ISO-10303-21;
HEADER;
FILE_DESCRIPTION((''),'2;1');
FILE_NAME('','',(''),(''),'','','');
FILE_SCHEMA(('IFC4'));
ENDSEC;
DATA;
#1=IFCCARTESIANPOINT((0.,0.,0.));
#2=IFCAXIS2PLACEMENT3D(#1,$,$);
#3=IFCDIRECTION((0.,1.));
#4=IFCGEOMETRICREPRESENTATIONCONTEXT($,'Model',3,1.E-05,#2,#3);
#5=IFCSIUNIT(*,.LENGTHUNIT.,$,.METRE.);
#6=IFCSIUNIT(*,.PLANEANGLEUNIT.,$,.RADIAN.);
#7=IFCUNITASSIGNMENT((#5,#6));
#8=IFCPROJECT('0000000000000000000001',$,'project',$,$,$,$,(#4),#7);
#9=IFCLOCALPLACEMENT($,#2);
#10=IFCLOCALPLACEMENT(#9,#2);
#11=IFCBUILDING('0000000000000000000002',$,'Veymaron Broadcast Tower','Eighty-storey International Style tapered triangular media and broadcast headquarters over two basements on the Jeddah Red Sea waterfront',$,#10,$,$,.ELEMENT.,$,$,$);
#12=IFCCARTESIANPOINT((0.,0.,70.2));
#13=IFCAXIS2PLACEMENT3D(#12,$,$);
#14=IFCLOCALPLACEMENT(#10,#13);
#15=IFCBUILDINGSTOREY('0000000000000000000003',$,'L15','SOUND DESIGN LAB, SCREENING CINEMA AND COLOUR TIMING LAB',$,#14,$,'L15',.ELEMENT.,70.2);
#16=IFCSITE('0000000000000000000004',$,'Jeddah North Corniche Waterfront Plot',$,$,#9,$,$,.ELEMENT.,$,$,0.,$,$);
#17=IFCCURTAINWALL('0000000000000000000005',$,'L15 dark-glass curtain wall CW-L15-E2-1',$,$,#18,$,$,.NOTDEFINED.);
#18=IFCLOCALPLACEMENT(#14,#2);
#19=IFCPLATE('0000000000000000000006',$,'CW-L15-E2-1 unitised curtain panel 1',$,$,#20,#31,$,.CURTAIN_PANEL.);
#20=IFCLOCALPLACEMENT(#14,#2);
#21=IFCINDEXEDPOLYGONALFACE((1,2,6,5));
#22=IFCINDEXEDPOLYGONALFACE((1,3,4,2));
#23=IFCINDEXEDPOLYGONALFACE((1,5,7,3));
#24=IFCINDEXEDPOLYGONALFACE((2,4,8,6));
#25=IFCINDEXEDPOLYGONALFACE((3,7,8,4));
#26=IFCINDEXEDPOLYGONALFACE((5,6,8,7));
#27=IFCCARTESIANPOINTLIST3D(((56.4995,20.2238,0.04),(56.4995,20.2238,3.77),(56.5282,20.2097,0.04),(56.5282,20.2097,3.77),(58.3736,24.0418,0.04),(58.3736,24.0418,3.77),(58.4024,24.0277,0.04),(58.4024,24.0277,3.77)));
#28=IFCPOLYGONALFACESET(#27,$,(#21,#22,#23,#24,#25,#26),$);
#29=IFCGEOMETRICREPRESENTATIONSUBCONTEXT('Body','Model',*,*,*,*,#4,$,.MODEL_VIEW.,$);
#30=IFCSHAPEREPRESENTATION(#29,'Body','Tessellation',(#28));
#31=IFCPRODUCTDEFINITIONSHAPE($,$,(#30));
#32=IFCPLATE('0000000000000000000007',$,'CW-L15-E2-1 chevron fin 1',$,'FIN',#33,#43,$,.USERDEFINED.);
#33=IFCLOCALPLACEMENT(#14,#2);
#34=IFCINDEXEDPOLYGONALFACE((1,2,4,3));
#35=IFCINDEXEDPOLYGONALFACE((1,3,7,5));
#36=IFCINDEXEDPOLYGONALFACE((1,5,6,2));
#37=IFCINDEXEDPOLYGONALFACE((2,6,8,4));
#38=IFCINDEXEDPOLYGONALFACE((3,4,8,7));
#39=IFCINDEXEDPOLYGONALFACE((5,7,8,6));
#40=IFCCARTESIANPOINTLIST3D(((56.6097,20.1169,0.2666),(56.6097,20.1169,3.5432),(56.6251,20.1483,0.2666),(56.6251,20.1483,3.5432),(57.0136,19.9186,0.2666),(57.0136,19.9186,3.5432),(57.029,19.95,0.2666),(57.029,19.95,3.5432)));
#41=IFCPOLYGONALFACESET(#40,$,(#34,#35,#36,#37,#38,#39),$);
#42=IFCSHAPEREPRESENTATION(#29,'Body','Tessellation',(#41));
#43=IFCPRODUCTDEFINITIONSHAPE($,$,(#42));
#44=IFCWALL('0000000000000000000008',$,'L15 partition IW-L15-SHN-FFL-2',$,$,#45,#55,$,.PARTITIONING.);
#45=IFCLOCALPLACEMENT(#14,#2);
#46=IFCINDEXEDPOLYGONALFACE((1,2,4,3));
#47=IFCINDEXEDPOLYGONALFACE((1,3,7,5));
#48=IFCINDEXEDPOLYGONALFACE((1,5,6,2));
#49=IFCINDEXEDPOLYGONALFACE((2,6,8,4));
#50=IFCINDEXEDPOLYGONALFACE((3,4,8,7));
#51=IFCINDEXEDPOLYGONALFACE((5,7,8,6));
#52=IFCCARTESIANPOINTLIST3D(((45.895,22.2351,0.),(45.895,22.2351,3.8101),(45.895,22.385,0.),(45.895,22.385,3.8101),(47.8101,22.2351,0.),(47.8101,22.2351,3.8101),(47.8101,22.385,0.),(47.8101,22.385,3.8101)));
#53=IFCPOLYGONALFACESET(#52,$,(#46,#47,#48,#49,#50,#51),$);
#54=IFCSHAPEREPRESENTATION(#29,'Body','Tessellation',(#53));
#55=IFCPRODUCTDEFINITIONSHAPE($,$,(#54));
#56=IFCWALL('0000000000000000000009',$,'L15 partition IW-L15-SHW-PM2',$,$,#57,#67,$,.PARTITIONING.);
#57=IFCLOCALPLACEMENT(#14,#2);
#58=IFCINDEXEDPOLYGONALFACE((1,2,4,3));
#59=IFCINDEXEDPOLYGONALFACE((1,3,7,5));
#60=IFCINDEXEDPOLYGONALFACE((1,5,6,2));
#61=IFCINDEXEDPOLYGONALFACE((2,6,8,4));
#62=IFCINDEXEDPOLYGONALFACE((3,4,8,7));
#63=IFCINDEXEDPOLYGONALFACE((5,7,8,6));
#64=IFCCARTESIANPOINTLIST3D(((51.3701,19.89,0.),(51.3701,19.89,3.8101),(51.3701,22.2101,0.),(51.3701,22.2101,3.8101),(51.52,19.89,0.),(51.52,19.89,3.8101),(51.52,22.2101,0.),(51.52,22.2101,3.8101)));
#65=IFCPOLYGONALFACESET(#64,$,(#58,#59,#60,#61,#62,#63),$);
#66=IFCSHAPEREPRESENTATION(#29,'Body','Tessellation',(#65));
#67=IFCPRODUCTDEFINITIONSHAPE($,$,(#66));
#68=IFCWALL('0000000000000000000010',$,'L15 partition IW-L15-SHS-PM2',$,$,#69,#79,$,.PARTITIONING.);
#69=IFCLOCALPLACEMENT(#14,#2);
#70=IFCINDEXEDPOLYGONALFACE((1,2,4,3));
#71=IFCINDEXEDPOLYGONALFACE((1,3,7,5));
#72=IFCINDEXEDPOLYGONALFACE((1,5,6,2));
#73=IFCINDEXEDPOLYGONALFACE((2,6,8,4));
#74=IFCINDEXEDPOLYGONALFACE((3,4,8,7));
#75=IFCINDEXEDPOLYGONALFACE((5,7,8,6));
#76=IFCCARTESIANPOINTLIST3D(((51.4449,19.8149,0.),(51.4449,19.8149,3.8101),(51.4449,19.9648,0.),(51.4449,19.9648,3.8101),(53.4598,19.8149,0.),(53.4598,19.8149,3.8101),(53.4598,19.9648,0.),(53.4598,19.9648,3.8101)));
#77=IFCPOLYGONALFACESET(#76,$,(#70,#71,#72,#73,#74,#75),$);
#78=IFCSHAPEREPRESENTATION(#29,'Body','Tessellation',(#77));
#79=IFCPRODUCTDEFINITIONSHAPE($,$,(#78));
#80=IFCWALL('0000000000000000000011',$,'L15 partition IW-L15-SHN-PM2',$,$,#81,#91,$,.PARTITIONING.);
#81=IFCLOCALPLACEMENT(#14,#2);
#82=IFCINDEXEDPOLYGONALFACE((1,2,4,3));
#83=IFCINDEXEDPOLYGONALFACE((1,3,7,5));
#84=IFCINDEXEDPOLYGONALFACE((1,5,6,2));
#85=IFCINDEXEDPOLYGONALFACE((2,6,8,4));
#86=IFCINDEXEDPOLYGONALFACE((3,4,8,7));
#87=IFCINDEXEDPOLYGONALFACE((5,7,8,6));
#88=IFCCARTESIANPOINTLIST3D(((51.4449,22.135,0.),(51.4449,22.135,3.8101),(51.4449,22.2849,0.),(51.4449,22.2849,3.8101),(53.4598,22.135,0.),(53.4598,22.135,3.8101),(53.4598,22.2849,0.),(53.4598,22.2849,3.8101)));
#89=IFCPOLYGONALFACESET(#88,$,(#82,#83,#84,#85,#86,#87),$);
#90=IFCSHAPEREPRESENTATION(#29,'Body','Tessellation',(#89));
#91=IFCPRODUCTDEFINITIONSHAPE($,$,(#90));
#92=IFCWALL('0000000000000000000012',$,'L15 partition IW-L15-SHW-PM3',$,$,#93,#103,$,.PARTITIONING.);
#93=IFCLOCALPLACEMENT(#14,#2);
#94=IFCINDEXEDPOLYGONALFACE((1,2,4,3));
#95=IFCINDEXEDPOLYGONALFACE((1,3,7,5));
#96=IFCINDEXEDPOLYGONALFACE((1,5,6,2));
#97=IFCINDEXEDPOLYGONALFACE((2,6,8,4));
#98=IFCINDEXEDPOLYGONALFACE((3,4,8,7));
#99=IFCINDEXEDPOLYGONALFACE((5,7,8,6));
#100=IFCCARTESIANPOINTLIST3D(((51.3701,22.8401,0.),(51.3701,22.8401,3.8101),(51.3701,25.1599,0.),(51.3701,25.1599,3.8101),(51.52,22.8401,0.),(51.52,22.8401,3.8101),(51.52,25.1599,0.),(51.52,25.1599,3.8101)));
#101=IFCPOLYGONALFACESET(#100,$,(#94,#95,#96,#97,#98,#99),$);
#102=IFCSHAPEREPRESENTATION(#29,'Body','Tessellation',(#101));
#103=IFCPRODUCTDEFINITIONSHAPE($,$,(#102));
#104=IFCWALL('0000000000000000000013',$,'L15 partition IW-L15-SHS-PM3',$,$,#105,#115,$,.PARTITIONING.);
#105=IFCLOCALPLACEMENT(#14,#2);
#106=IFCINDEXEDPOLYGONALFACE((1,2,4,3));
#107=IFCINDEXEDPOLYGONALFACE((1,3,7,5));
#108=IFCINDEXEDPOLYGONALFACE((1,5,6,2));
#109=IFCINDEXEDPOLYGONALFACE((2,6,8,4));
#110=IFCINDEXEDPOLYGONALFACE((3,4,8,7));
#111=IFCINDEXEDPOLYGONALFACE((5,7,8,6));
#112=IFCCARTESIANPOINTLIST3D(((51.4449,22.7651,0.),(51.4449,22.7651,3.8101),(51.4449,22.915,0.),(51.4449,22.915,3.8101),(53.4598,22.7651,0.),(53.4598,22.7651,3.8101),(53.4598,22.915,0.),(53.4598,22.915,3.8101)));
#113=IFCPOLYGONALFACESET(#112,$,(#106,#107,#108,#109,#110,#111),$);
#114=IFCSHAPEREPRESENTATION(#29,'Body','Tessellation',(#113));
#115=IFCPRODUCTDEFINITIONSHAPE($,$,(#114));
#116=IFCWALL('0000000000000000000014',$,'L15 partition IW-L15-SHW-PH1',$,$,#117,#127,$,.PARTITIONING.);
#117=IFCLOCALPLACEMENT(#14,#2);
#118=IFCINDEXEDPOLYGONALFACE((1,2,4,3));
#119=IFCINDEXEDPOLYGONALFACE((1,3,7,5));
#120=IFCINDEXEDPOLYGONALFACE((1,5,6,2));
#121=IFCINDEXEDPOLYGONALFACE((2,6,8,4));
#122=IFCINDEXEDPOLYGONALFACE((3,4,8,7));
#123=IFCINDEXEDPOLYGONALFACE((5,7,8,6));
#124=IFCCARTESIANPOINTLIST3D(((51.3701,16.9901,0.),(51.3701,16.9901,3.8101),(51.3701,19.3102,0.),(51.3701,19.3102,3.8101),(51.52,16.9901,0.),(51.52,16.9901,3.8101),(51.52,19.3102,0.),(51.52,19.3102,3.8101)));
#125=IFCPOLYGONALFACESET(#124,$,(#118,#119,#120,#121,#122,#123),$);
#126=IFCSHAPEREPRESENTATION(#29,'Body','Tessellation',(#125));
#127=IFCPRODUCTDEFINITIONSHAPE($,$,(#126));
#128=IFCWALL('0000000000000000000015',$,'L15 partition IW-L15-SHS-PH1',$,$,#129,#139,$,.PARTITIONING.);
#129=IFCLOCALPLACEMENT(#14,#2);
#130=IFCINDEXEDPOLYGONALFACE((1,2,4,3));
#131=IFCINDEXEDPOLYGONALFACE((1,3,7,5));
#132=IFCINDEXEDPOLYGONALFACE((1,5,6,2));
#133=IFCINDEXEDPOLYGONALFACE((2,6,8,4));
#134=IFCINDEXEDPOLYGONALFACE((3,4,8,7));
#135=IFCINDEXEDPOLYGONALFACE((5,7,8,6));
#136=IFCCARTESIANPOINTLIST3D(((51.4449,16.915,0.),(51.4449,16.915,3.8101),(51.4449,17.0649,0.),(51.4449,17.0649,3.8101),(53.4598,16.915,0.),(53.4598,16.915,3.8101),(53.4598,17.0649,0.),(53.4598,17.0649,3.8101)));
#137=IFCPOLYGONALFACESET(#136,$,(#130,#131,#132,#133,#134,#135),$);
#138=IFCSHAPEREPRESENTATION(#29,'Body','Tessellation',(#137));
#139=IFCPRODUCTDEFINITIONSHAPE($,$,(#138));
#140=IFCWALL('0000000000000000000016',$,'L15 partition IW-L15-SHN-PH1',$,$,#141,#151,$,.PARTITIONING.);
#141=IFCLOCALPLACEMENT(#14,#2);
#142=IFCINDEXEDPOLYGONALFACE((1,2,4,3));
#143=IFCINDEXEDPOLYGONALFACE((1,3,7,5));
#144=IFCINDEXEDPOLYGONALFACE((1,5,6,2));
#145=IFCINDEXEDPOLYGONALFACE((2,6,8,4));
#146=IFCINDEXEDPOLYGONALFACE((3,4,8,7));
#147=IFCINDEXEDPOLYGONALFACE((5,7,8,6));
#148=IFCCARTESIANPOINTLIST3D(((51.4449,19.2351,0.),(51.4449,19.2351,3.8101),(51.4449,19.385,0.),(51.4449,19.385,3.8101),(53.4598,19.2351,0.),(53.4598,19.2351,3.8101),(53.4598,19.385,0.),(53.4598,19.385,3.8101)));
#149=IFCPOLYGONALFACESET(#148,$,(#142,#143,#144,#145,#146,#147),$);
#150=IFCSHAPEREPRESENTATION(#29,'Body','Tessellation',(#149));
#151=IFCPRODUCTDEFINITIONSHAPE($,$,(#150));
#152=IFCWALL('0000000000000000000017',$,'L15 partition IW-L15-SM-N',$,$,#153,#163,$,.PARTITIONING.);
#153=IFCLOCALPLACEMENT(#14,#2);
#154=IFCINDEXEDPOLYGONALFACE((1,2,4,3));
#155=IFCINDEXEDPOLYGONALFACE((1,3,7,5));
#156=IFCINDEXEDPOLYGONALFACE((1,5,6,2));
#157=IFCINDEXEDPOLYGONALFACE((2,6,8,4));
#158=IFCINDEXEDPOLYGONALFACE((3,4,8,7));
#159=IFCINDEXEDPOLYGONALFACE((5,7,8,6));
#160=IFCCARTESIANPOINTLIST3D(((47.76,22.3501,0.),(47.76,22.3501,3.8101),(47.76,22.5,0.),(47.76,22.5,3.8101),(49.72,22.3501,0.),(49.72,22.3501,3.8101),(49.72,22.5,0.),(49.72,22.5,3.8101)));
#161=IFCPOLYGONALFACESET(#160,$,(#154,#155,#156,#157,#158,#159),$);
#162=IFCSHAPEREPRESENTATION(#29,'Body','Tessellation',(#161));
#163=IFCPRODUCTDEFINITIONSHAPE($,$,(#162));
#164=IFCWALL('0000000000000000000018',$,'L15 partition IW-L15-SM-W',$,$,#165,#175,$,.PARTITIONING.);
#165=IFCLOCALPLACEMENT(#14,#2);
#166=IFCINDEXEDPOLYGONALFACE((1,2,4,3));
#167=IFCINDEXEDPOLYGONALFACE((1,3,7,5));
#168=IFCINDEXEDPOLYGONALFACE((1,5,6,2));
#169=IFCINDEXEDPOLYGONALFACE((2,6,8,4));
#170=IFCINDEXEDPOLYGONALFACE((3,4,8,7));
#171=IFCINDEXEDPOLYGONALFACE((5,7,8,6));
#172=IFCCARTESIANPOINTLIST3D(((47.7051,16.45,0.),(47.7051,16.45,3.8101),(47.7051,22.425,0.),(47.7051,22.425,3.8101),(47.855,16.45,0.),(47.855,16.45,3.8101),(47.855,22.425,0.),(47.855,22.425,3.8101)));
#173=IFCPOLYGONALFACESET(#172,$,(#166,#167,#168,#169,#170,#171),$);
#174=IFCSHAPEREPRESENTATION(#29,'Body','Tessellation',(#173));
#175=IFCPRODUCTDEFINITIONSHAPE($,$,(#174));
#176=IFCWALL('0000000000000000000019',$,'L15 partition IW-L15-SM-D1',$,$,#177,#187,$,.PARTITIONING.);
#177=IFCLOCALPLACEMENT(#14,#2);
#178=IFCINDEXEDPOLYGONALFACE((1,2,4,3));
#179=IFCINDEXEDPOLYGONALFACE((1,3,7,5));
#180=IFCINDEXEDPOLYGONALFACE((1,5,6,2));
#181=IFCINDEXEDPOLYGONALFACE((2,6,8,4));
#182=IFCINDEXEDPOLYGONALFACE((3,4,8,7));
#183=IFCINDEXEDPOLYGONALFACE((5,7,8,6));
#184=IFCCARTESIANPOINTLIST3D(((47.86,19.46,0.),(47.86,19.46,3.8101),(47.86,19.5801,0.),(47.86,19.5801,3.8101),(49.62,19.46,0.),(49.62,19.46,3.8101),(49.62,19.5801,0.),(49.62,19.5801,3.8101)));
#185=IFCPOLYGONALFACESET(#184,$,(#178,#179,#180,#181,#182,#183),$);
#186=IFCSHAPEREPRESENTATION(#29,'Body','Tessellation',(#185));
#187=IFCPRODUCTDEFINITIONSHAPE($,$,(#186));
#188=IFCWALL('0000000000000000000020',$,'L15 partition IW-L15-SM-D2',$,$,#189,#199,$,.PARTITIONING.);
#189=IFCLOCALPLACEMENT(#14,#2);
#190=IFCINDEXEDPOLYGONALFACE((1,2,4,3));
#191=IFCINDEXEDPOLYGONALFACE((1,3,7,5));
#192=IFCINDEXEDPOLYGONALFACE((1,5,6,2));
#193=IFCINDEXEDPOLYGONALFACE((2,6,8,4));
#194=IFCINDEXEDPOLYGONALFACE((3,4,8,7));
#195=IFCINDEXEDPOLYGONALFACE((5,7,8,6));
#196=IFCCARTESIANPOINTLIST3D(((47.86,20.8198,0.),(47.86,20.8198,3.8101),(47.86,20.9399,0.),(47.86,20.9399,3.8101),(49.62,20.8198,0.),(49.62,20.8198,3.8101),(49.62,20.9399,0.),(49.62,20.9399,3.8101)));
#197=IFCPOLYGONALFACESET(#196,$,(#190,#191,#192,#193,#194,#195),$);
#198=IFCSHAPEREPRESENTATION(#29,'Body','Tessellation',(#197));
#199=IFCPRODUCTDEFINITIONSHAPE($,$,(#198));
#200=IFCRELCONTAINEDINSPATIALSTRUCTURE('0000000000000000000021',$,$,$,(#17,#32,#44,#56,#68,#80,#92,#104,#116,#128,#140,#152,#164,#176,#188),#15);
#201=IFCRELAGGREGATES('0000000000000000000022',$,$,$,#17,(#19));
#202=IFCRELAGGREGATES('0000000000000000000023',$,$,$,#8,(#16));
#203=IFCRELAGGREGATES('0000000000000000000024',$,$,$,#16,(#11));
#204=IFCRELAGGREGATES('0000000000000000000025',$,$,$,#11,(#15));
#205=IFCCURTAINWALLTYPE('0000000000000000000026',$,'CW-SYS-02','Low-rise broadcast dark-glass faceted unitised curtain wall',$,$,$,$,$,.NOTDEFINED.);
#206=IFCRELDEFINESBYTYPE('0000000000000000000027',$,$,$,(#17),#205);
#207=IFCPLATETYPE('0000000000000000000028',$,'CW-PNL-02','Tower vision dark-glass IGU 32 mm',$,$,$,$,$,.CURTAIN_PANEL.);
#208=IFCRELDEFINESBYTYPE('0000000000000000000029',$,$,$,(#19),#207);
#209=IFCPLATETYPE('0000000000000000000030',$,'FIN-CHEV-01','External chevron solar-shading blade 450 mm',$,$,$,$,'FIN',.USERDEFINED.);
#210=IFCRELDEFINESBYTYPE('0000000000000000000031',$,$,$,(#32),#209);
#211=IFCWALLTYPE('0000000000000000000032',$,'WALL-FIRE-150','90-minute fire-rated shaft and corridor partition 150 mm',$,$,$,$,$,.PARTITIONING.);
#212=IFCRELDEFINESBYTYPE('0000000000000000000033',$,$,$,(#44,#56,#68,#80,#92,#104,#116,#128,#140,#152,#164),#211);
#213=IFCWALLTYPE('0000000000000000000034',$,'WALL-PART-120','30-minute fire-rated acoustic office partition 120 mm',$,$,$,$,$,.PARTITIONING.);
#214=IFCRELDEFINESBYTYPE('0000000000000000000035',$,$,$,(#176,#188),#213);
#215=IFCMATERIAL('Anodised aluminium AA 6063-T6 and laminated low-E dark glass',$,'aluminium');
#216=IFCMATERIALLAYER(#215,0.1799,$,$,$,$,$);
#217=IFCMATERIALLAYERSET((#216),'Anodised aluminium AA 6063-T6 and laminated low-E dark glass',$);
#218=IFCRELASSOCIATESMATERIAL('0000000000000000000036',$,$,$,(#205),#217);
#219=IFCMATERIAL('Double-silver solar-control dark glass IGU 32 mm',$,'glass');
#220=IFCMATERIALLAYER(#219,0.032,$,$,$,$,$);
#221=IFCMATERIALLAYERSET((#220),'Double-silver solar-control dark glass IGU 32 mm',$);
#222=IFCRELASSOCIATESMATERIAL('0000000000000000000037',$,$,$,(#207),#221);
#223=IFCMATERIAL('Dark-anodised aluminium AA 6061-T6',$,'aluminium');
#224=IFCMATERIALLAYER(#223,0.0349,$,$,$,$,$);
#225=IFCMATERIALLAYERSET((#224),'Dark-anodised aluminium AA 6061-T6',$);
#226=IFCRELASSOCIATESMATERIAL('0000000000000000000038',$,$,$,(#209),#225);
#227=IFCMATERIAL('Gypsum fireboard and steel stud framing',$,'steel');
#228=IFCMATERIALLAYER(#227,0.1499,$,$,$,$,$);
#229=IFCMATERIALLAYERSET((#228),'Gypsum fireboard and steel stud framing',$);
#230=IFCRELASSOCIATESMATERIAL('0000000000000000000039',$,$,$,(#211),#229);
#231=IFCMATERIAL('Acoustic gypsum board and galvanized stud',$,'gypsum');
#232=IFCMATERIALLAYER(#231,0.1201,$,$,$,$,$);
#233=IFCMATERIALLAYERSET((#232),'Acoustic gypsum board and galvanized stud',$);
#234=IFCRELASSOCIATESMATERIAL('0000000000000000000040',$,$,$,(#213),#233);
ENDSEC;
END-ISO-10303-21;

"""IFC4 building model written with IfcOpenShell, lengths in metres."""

from ifc_helpers import new_model, si_unit, direction, frame, frame_2d, origin, origin_2d, place, context, subcontext, project, spatial, rectangle, extrude, material, layer, layer_set, type_object, element, aggregate, save


model = new_model("IFC4")

# Units and contexts
model_context = context("Model", 3, precision=1e-05, world=origin(), true_north=direction((0.0, 1.0)))
body_context = subcontext(model_context, "Body", "Model", "MODEL_VIEW")
ifc_project = project(units=[si_unit("LENGTHUNIT", "METRE"), si_unit("PLANEANGLEUNIT", "RADIAN")], contexts=[model_context])

# Site, building, storey
site_placement = place(None, origin())
site = spatial("IfcSite", under=ifc_project, at=site_placement, Name="Jeddah North Corniche Waterfront Plot", CompositionType="ELEMENT", RefElevation=0.0)
building_placement = place(site_placement, origin())
building = spatial("IfcBuilding", under=site, at=building_placement, Name="Veymaron Broadcast Tower", Description="Eighty-storey International Style tapered triangular media and broadcast headquarters over two basements on the Jeddah Red Sea waterfront", CompositionType="ELEMENT")
storey_placement = place(building_placement, frame((0.0, 0.0, 70.2)))
storey = spatial("IfcBuildingStorey", under=building, at=storey_placement, Name="L15", Description="SOUND DESIGN LAB, SCREENING CINEMA AND COLOUR TIMING LAB", LongName="L15", CompositionType="ELEMENT", Elevation=70.2)

# Curtain wall
ifc_material_1 = material(Name="Anodised aluminium AA 6063-T6 and laminated low-E dark glass", Category="aluminium")
ifc_layer_1 = layer(ifc_material_1, 0.1799)
ifc_layer_set_1 = layer_set([ifc_layer_1], Name="Anodised aluminium AA 6063-T6 and laminated low-E dark glass")
curtain_wall_type = type_object("IfcCurtainWallType", Name="CW-SYS-02", Description="Low-rise broadcast dark-glass faceted unitised curtain wall", PredefinedType="NOTDEFINED", material=ifc_layer_set_1)
curtain_wall_1_placement = place(storey_placement, origin())
curtain_wall_1 = element("IfcCurtainWall", 1, at=curtain_wall_1_placement, inside=storey, type_object=curtain_wall_type, Name="L15 dark-glass curtain wall CW-L15-E2-1", PredefinedType="NOTDEFINED")

# Plates
ifc_material_2 = material(Name="Double-silver solar-control dark glass IGU 32 mm", Category="glass")
ifc_layer_2 = layer(ifc_material_2, 0.032)
ifc_layer_set_2 = layer_set([ifc_layer_2], Name="Double-silver solar-control dark glass IGU 32 mm")
plate_type_1 = type_object("IfcPlateType", Name="CW-PNL-02", Description="Tower vision dark-glass IGU 32 mm", PredefinedType="CURTAIN_PANEL", material=ifc_layer_set_2)
plate_1_placement = place(storey_placement, frame((57.4509, 22.1257, 0.04), z_axis=(0.0, 0.0, 1.0), x_axis=(0.440644, 0.897682, 0.0)))
plate_1 = element("IfcPlate", 2, at=plate_1_placement, type_object=plate_type_1, Name="CW-L15-E2-1 unitised curtain panel 1", PredefinedType="CURTAIN_PANEL", context=body_context, shape_type="SweptSolid", body=[
    extrude(rectangle(XDim=4.2532, YDim=0.032, at=origin_2d()), origin(), (0.0, 0.0, 1.0), 3.73),
])
aggregate(curtain_wall_1, [plate_1])
ifc_material_3 = material(Name="Dark-anodised aluminium AA 6061-T6", Category="aluminium")
ifc_layer_3 = layer(ifc_material_3, 0.0349)
ifc_layer_set_3 = layer_set([ifc_layer_3], Name="Dark-anodised aluminium AA 6061-T6")
plate_type_2 = type_object("IfcPlateType", Name="FIN-CHEV-01", Description="External chevron solar-shading blade 450 mm", ElementType="FIN", PredefinedType="USERDEFINED", material=ifc_layer_set_3)
plate_2_placement = place(storey_placement, frame((56.8193, 20.0334, 0.2666), z_axis=(0.0, 0.0, 1.0), x_axis=(0.897682, -0.440644, 0.0)))
element("IfcPlate", 3, at=plate_2_placement, inside=storey, type_object=plate_type_2, Name="CW-L15-E2-1 chevron fin 1", ObjectType="FIN", PredefinedType="USERDEFINED", context=body_context, shape_type="SweptSolid", body=[
    extrude(rectangle(XDim=0.45, YDim=0.0349, at=origin_2d()), origin(), (0.0, 0.0, 1.0), 3.2766),
])

# Walls
ifc_material_4 = material(Name="Gypsum fireboard and steel stud framing", Category="steel")
ifc_layer_4 = layer(ifc_material_4, 0.1499)
ifc_layer_set_4 = layer_set([ifc_layer_4], Name="Gypsum fireboard and steel stud framing")
wall_type_1 = type_object("IfcWallType", Name="WALL-FIRE-150", Description="90-minute fire-rated shaft and corridor partition 150 mm", PredefinedType="PARTITIONING", material=ifc_layer_set_4)
wall_1_placement = place(storey_placement, frame((45.895, 22.3101, 0.0), z_axis=(0.0, 0.0, 1.0), x_axis=(1.0, 0.0, 0.0)))
element("IfcWall", 4, at=wall_1_placement, inside=storey, type_object=wall_type_1, Name="L15 partition IW-L15-SHN-FFL-2", PredefinedType="PARTITIONING", context=body_context, shape_type="SweptSolid", body=[
    extrude(rectangle(XDim=1.915, YDim=0.1499, at=frame_2d((0.9575, 0.0))), origin(), (0.0, 0.0, 1.0), 3.8101),
])
wall_2_placement = place(storey_placement, frame((51.4451, 19.8899, 0.0), z_axis=(0.0, 0.0, 1.0), x_axis=(0.0, 1.0, 0.0)))
element("IfcWall", 5, at=wall_2_placement, inside=storey, type_object=wall_type_1, Name="L15 partition IW-L15-SHW-PM2", PredefinedType="PARTITIONING", context=body_context, shape_type="SweptSolid", body=[
    extrude(rectangle(XDim=2.3201, YDim=0.1499, at=frame_2d((1.1602, 0.0))), origin(), (0.0, 0.0, 1.0), 3.8101),
])
for number, where, z_axis, x_axis, name in (
    (6, (51.4451, 19.8899, 0.0), (0.0, 0.0, 1.0), (1.0, 0.0, 0.0), "L15 partition IW-L15-SHS-PM2"),
    (7, (51.4451, 22.21, 0.0), (0.0, 0.0, 1.0), (1.0, 0.0, 0.0), "L15 partition IW-L15-SHN-PM2"),
):
    element("IfcWall", number, at=place(storey_placement, frame(where, z_axis=z_axis, x_axis=x_axis)), inside=storey, type_object=wall_type_1, Name=name, PredefinedType="PARTITIONING", context=body_context, shape_type="SweptSolid", body=[
        extrude(rectangle(XDim=2.0149, YDim=0.1499, at=frame_2d((1.0073, 0.0))), origin(), (0.0, 0.0, 1.0), 3.8101),
    ])
wall_3_placement = place(storey_placement, frame((51.4451, 22.8401, 0.0), z_axis=(0.0, 0.0, 1.0), x_axis=(0.0, 1.0, 0.0)))
element("IfcWall", 8, at=wall_3_placement, inside=storey, type_object=wall_type_1, Name="L15 partition IW-L15-SHW-PM3", PredefinedType="PARTITIONING", context=body_context, shape_type="SweptSolid", body=[
    extrude(rectangle(XDim=2.3198, YDim=0.1499, at=frame_2d((1.1599, 0.0))), origin(), (0.0, 0.0, 1.0), 3.8101),
])
wall_4_placement = place(storey_placement, frame((51.4451, 22.8401, 0.0), z_axis=(0.0, 0.0, 1.0), x_axis=(1.0, 0.0, 0.0)))
element("IfcWall", 9, at=wall_4_placement, inside=storey, type_object=wall_type_1, Name="L15 partition IW-L15-SHS-PM3", PredefinedType="PARTITIONING", context=body_context, shape_type="SweptSolid", body=[
    extrude(rectangle(XDim=2.0149, YDim=0.1499, at=frame_2d((1.0073, 0.0))), origin(), (0.0, 0.0, 1.0), 3.8101),
])
wall_5_placement = place(storey_placement, frame((51.4451, 16.99, 0.0), z_axis=(0.0, 0.0, 1.0), x_axis=(0.0, 1.0, 0.0)))
element("IfcWall", 10, at=wall_5_placement, inside=storey, type_object=wall_type_1, Name="L15 partition IW-L15-SHW-PH1", PredefinedType="PARTITIONING", context=body_context, shape_type="SweptSolid", body=[
    extrude(rectangle(XDim=2.3201, YDim=0.1499, at=frame_2d((1.1602, 0.0))), origin(), (0.0, 0.0, 1.0), 3.8101),
])
for number, where, z_axis, x_axis, name in (
    (11, (51.4451, 16.99, 0.0), (0.0, 0.0, 1.0), (1.0, 0.0, 0.0), "L15 partition IW-L15-SHS-PH1"),
    (12, (51.4451, 19.3101, 0.0), (0.0, 0.0, 1.0), (1.0, 0.0, 0.0), "L15 partition IW-L15-SHN-PH1"),
):
    element("IfcWall", number, at=place(storey_placement, frame(where, z_axis=z_axis, x_axis=x_axis)), inside=storey, type_object=wall_type_1, Name=name, PredefinedType="PARTITIONING", context=body_context, shape_type="SweptSolid", body=[
        extrude(rectangle(XDim=2.0149, YDim=0.1499, at=frame_2d((1.0073, 0.0))), origin(), (0.0, 0.0, 1.0), 3.8101),
    ])

# Walls
wall_6_placement = place(storey_placement, frame((47.76, 22.425, 0.0), z_axis=(0.0, 0.0, 1.0), x_axis=(1.0, 0.0, 0.0)))
element("IfcWall", 13, at=wall_6_placement, inside=storey, type_object=wall_type_1, Name="L15 partition IW-L15-SM-N", PredefinedType="PARTITIONING", context=body_context, shape_type="SweptSolid", body=[
    extrude(rectangle(XDim=1.96, YDim=0.1499, at=frame_2d((0.98, 0.0))), origin(), (0.0, 0.0, 1.0), 3.8101),
])
wall_7_placement = place(storey_placement, frame((47.78, 16.45, 0.0), z_axis=(0.0, 0.0, 1.0), x_axis=(0.0, 1.0, 0.0)))
element("IfcWall", 14, at=wall_7_placement, inside=storey, type_object=wall_type_1, Name="L15 partition IW-L15-SM-W", PredefinedType="PARTITIONING", context=body_context, shape_type="SweptSolid", body=[
    extrude(rectangle(XDim=5.9751, YDim=0.1499, at=frame_2d((2.9875, 0.0))), origin(), (0.0, 0.0, 1.0), 3.8101),
])
ifc_material_5 = material(Name="Acoustic gypsum board and galvanized stud", Category="gypsum")
ifc_layer_5 = layer(ifc_material_5, 0.1201)
ifc_layer_set_5 = layer_set([ifc_layer_5], Name="Acoustic gypsum board and galvanized stud")
wall_type_2 = type_object("IfcWallType", Name="WALL-PART-120", Description="30-minute fire-rated acoustic office partition 120 mm", PredefinedType="PARTITIONING", material=ifc_layer_set_5)
for number, where, z_axis, x_axis, name in (
    (15, (47.8601, 19.52, 0.0), (0.0, 0.0, 1.0), (1.0, 0.0, 0.0), "L15 partition IW-L15-SM-D1"),
    (16, (47.8601, 20.8799, 0.0), (0.0, 0.0, 1.0), (1.0, 0.0, 0.0), "L15 partition IW-L15-SM-D2"),
):
    element("IfcWall", number, at=place(storey_placement, frame(where, z_axis=z_axis, x_axis=x_axis)), inside=storey, type_object=wall_type_2, Name=name, PredefinedType="PARTITIONING", context=body_context, shape_type="SweptSolid", body=[
        extrude(rectangle(XDim=1.76, YDim=0.1201, at=frame_2d((0.8799, 0.0))), origin(), (0.0, 0.0, 1.0), 3.8101),
    ])

save(model, "model.ifc")
